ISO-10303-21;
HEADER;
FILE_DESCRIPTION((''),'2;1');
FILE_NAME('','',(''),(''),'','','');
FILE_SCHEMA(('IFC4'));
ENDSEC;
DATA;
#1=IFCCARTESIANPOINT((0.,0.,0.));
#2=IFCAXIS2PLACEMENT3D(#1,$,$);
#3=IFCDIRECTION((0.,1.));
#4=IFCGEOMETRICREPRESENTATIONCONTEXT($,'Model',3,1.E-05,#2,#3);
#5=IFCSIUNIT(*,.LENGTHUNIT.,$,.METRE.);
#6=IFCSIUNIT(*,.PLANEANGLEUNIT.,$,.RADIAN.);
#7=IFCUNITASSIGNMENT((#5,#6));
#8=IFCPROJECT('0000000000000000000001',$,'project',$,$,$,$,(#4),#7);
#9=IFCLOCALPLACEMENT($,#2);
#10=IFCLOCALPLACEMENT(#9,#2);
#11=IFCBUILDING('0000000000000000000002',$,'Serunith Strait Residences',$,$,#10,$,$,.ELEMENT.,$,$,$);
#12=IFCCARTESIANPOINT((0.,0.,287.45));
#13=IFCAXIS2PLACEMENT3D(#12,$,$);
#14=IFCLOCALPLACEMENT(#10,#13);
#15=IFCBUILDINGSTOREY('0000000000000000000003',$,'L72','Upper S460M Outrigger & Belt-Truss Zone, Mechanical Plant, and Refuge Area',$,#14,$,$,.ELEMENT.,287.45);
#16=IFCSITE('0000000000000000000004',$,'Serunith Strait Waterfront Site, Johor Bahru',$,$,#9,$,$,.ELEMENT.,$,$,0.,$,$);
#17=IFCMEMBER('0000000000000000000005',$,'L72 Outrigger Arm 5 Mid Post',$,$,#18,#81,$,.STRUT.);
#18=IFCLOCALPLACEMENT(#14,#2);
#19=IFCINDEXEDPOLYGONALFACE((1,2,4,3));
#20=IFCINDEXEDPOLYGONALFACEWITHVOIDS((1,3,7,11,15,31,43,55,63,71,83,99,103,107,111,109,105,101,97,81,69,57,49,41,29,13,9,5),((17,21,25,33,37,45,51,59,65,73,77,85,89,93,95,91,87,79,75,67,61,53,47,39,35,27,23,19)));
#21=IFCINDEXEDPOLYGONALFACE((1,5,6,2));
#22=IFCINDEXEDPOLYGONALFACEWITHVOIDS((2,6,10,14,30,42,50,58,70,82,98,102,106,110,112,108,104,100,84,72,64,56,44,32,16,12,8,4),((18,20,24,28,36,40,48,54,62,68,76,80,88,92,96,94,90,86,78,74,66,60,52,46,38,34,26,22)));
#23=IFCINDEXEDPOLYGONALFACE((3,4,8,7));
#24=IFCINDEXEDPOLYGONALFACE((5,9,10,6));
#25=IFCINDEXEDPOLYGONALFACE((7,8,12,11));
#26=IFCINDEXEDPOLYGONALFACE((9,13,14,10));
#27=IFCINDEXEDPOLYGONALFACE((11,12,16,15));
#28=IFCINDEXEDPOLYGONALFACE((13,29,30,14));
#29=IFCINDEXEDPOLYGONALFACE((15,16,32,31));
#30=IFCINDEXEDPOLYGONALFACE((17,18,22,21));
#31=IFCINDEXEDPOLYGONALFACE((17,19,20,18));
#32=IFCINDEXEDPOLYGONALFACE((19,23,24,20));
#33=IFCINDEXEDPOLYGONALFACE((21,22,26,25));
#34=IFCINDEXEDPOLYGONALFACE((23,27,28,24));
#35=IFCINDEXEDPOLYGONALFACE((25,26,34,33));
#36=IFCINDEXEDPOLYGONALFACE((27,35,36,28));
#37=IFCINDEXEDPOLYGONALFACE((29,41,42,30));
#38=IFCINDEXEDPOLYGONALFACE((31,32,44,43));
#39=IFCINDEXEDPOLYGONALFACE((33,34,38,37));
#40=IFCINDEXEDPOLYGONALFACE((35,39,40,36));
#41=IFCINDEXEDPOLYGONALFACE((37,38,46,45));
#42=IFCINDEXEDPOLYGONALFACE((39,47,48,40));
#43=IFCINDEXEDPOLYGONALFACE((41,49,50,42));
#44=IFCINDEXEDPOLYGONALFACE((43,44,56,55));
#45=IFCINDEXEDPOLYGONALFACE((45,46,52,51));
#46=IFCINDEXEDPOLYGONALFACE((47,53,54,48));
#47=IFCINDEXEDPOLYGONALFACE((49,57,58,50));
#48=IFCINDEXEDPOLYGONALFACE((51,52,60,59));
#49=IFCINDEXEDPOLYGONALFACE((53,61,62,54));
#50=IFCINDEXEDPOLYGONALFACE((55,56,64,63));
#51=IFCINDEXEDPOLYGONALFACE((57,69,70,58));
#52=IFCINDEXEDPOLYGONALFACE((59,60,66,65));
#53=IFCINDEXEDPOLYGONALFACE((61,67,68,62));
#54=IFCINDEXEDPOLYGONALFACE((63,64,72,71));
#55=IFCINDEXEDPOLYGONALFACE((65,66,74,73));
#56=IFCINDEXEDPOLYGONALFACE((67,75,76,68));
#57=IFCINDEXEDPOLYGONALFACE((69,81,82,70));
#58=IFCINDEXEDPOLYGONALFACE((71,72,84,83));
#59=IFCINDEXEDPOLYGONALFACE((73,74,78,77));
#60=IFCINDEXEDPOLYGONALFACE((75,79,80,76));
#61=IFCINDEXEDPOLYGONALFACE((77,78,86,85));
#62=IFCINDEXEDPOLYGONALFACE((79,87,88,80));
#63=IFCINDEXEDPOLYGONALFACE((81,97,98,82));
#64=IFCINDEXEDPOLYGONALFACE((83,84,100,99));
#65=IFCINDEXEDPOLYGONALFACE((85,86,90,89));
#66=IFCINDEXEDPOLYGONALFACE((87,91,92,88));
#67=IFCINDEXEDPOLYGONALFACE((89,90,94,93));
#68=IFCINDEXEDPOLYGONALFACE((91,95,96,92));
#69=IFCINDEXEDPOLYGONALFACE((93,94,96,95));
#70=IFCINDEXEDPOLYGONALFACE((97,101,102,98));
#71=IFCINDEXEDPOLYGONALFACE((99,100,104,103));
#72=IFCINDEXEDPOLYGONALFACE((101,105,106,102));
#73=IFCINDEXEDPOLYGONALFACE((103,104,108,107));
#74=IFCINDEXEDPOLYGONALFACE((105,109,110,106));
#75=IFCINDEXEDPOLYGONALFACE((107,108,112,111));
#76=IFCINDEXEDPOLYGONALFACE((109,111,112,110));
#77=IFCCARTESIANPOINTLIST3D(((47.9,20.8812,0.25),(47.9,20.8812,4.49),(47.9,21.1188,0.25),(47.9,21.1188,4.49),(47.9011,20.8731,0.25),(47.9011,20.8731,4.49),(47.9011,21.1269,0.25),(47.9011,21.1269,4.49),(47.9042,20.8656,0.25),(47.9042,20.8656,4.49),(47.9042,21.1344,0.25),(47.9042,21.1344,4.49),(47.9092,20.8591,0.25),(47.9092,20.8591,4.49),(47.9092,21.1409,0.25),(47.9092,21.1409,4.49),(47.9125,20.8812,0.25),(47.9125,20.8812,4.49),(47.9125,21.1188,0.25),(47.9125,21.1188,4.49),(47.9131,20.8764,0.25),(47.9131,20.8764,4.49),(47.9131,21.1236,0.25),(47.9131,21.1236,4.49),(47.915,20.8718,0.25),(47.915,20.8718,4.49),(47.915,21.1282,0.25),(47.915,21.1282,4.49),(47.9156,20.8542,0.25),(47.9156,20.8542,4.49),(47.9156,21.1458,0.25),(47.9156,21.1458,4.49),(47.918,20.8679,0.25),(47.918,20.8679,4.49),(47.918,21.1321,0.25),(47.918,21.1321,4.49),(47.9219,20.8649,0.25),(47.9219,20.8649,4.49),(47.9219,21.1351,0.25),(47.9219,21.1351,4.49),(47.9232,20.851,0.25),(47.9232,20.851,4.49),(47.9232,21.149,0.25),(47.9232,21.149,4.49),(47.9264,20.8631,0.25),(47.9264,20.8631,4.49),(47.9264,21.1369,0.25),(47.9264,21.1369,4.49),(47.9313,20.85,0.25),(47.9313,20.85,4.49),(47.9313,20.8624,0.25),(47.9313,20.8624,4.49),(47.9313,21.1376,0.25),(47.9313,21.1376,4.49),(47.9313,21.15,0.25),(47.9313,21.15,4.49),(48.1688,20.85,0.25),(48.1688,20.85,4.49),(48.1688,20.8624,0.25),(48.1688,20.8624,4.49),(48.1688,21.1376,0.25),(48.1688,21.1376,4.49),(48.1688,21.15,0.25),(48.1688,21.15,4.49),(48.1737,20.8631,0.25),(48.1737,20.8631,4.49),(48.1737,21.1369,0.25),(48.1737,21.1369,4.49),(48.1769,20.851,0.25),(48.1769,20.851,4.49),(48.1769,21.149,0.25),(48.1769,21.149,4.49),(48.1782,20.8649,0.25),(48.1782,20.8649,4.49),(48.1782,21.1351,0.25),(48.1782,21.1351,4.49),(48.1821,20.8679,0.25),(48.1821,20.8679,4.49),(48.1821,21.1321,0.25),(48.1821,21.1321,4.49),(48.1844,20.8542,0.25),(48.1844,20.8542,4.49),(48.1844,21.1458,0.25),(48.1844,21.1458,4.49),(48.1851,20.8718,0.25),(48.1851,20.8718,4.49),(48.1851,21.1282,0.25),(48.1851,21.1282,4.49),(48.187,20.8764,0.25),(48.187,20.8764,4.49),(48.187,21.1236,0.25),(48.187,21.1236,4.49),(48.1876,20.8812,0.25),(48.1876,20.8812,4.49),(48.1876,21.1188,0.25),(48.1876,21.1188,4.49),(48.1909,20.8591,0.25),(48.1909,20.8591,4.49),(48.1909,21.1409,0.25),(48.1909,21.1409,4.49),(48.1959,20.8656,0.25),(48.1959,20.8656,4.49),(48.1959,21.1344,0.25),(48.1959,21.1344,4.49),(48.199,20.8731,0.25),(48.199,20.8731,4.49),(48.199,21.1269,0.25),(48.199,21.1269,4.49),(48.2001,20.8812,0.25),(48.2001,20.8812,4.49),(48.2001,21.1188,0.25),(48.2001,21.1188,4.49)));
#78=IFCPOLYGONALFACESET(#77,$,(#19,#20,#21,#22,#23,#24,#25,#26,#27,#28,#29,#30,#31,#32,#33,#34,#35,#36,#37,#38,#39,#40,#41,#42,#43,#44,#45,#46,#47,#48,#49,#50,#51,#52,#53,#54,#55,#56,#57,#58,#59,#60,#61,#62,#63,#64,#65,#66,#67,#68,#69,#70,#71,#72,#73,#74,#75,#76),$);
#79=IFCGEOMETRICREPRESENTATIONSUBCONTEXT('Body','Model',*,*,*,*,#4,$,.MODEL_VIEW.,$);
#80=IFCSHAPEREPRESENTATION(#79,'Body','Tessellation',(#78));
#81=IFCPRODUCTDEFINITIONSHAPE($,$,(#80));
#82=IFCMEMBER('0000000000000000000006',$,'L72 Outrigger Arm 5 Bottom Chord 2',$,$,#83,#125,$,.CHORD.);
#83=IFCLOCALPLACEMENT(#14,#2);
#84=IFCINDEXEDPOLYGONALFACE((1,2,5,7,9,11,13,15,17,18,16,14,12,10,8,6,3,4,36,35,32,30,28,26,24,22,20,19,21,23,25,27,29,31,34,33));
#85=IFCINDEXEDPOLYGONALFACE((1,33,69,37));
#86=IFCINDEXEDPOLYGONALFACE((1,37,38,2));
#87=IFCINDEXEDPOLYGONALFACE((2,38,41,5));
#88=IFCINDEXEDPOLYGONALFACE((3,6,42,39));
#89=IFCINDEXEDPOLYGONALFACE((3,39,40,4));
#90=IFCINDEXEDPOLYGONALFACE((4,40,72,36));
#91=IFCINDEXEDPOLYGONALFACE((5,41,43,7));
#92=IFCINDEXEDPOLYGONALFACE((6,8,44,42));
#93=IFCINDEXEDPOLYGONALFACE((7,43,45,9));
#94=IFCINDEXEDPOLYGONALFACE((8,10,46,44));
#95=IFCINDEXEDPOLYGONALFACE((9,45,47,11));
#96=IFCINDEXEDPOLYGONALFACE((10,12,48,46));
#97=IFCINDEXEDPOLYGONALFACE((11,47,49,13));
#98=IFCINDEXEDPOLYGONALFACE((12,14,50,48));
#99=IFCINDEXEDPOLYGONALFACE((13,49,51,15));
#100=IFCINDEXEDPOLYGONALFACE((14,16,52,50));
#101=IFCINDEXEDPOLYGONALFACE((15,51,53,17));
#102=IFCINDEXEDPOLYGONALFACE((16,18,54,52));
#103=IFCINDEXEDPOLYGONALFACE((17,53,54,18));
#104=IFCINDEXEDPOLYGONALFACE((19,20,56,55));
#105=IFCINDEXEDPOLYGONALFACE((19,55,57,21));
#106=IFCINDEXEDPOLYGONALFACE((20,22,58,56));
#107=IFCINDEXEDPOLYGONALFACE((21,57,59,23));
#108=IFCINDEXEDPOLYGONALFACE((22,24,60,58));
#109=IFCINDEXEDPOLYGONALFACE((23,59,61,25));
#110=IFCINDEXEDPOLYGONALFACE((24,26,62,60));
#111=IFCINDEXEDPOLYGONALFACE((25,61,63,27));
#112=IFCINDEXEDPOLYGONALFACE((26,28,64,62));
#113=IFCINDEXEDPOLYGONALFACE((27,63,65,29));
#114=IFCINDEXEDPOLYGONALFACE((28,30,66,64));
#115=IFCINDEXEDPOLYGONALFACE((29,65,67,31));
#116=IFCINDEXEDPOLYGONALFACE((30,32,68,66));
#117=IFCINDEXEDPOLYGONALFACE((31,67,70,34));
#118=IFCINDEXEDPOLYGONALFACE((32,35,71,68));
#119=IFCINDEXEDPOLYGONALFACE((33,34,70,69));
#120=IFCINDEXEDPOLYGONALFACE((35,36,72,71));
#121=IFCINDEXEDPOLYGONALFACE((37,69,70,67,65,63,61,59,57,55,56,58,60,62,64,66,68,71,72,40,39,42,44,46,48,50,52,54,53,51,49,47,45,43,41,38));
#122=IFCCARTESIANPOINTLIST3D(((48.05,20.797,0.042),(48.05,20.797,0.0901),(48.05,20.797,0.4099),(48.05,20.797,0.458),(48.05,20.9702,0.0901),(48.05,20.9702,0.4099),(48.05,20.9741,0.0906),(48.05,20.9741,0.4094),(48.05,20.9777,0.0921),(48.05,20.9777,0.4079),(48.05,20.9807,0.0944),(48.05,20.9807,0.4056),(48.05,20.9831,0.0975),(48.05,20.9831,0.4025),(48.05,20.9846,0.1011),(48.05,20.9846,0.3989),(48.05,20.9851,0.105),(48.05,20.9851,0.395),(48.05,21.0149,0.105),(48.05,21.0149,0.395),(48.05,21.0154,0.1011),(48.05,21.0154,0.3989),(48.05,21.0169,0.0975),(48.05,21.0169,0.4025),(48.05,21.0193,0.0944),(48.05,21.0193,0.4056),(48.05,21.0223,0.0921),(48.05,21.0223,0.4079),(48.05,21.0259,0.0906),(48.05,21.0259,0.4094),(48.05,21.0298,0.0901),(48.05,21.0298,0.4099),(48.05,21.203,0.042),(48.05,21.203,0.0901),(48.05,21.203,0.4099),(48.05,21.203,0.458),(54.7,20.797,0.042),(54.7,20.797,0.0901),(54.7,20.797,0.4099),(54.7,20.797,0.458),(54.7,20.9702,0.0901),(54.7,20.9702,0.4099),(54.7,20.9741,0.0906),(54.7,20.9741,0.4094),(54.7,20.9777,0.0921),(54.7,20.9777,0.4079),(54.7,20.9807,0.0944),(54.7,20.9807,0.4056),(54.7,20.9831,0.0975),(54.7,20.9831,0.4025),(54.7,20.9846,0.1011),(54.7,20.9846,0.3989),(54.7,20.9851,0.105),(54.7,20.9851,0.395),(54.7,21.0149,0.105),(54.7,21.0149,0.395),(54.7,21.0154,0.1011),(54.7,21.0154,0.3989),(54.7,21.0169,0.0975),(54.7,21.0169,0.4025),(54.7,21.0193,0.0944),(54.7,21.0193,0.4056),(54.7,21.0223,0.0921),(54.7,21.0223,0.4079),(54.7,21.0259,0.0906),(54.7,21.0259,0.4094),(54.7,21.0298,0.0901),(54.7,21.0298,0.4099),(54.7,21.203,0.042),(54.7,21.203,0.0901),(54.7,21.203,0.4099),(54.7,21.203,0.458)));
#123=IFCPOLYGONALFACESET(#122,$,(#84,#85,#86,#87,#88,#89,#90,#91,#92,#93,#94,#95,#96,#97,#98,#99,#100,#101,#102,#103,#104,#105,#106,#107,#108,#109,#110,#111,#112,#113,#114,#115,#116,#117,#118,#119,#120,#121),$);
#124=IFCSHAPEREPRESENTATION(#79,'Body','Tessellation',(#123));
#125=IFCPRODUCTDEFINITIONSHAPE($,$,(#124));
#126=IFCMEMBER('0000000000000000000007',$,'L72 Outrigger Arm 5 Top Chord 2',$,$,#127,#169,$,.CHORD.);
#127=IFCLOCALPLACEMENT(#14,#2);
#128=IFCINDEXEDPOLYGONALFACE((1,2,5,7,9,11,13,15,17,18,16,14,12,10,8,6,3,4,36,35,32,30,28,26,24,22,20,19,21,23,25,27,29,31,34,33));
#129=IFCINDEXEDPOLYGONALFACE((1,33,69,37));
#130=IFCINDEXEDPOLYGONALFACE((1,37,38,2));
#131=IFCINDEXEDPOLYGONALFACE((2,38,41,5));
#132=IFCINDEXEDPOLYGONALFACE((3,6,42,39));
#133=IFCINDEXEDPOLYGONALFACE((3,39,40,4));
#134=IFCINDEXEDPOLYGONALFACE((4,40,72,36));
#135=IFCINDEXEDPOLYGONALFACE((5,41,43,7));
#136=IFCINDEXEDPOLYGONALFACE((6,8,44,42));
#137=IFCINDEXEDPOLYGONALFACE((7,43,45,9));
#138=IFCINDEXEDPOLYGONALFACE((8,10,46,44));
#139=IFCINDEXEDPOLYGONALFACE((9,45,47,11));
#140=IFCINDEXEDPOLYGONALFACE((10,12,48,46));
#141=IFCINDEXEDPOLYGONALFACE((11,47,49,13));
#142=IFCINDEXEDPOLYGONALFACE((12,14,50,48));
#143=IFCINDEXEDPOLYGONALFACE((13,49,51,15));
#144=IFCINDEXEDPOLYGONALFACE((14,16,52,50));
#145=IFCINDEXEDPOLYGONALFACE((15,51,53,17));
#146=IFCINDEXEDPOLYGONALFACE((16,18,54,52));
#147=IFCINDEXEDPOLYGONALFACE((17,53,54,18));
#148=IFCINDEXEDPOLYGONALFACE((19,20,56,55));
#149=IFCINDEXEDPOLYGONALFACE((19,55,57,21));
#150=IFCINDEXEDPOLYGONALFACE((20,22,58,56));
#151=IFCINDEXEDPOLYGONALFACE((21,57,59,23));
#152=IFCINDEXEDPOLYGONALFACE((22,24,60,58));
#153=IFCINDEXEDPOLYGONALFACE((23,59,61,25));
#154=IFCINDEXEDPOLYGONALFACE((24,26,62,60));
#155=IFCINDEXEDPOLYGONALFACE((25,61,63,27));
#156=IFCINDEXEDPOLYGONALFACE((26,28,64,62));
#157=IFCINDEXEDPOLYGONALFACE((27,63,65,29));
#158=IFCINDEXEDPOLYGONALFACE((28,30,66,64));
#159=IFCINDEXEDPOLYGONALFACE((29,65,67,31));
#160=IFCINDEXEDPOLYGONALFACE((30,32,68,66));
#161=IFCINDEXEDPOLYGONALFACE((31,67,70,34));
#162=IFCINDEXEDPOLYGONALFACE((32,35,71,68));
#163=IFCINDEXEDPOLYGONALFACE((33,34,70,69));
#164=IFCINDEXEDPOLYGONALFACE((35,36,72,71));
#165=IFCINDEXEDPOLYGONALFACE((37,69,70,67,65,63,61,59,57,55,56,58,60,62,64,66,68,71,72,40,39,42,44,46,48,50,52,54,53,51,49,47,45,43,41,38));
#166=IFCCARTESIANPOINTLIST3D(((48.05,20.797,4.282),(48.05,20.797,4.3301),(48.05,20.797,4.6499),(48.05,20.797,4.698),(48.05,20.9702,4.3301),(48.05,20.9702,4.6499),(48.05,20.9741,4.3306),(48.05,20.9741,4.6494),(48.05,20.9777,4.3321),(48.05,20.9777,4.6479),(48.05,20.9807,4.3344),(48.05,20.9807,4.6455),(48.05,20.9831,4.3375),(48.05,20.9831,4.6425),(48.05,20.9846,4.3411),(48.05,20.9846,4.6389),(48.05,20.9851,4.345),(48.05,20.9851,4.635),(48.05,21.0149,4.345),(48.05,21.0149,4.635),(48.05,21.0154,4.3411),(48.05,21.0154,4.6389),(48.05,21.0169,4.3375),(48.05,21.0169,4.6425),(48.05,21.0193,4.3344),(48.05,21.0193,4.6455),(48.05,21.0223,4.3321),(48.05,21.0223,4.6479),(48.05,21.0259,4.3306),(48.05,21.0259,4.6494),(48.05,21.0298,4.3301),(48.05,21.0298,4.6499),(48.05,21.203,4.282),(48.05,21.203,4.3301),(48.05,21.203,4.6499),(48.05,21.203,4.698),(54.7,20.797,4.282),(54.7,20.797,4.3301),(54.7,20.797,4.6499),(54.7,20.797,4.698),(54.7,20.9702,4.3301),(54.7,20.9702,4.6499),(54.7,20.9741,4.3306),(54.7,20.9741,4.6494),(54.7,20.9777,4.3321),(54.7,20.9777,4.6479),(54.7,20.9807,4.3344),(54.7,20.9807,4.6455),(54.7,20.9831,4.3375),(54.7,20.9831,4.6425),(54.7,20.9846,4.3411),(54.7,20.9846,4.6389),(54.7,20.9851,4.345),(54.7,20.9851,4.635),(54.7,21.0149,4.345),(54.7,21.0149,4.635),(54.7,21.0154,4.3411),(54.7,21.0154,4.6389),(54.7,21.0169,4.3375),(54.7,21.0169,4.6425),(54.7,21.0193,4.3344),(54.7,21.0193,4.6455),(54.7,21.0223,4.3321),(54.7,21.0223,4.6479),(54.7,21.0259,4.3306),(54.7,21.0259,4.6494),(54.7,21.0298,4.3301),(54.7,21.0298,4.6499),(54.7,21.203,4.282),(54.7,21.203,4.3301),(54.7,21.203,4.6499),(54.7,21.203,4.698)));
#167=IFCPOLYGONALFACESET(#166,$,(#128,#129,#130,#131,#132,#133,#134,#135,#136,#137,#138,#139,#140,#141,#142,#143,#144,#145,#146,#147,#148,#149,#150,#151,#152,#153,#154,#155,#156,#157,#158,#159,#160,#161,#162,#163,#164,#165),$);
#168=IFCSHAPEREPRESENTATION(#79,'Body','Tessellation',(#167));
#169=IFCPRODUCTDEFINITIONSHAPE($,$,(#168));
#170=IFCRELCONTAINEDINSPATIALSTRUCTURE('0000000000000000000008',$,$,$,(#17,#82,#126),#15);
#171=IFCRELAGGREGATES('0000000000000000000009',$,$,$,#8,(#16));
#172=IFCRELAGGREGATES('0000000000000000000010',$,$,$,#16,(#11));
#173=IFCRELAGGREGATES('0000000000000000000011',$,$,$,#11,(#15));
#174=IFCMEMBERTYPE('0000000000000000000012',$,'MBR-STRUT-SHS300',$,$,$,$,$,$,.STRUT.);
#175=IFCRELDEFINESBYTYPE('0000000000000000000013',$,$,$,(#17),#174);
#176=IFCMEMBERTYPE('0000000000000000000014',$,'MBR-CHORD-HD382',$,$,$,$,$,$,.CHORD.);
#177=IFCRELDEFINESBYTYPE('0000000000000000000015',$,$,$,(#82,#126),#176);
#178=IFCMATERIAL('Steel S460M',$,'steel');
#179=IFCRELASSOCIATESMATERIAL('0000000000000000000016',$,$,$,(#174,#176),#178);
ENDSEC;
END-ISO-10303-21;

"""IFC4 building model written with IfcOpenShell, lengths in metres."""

from ifc_helpers import new_model, si_unit, direction, frame, origin, origin_2d, place, context, subcontext, project, spatial, hollow_rectangle, i_section, extrude, source, transform, mapped, material, material_profile, profile_set, type_object, element, save


model = new_model("IFC4")

# Units and contexts
model_context = context("Model", 3, precision=1e-05, world=origin(), true_north=direction((0.0, 1.0)))
body_context = subcontext(model_context, "Body", "Model", "MODEL_VIEW")
ifc_project = project(units=[si_unit("LENGTHUNIT", "METRE"), si_unit("PLANEANGLEUNIT", "RADIAN")], contexts=[model_context])

# Site, building, storey
site_placement = place(None, origin())
site = spatial("IfcSite", under=ifc_project, at=site_placement, Name="Serunith Strait Waterfront Site, Johor Bahru", CompositionType="ELEMENT", RefElevation=0.0)
building_placement = place(site_placement, origin())
building = spatial("IfcBuilding", under=site, at=building_placement, Name="Serunith Strait Residences", CompositionType="ELEMENT")
storey_placement = place(building_placement, frame((0.0, 0.0, 287.45)))
storey = spatial("IfcBuildingStorey", under=building, at=storey_placement, Name="L72", Description="Upper S460M Outrigger & Belt-Truss Zone, Mechanical Plant, and Refuge Area", CompositionType="ELEMENT", Elevation=287.45)

# Members
ifc_material_1 = material(Name="Steel S460M", Category="steel")
ifc_material_profile_1 = material_profile(ifc_material_1, hollow_rectangle(XDim=0.3, YDim=0.3, WallThickness=0.0125, InnerFilletRadius=0.0188, OuterFilletRadius=0.0312, at=origin_2d()), Name="SHS 300x300x12.5")
ifc_profile_set_1 = profile_set([ifc_material_profile_1], Name="Steel S460M")
member_type_1 = type_object("IfcMemberType", Name="MBR-STRUT-SHS300", PredefinedType="STRUT", material=ifc_profile_set_1)
shared_shape_1 = source(origin(), body_context, "Body", "SweptSolid", [
    extrude(hollow_rectangle(XDim=0.3, YDim=0.3, WallThickness=0.0125, InnerFilletRadius=0.0188, OuterFilletRadius=0.0312, at=origin_2d()), origin(), (0.0, 0.0, 1.0), 4.24),
])
member_1_placement = place(storey_placement, frame((48.05, 21.0, 0.25), z_axis=(0.0, 0.0, 1.0), x_axis=(1.0, 0.0, 0.0)))
element("IfcMember", 1, at=member_1_placement, inside=storey, type_object=member_type_1, Name="L72 Outrigger Arm 5 Mid Post", PredefinedType="STRUT", context=body_context, shape_type="MappedRepresentation", body=[
    mapped(shared_shape_1, transform((0.0, 0.0, 0.0), scale=1.0)),
])
ifc_material_profile_2 = material_profile(ifc_material_1, i_section(OverallWidth=0.406, OverallDepth=0.416, WebThickness=0.0298, FlangeThickness=0.0481, FilletRadius=0.0149, at=origin_2d()), Name="HD 400x382")
ifc_profile_set_2 = profile_set([ifc_material_profile_2], Name="Steel S460M")
member_type_2 = type_object("IfcMemberType", Name="MBR-CHORD-HD382", PredefinedType="CHORD", material=ifc_profile_set_2)
shared_shape_2 = source(origin(), body_context, "Body", "SweptSolid", [
    extrude(i_section(OverallWidth=0.406, OverallDepth=0.416, WebThickness=0.0298, FlangeThickness=0.0481, FilletRadius=0.0149, at=origin_2d()), origin(), (0.0, 0.0, 1.0), 6.6499),
])
for number, where, z_axis, x_axis, name in (
    (2, (48.05, 21.0, 0.25), (1.0, 0.0, 0.0), (0.0, 1.0, 0.0), "L72 Outrigger Arm 5 Bottom Chord 2"),
    (3, (48.05, 21.0, 4.49), (1.0, 0.0, 0.0), (0.0, 1.0, 0.0), "L72 Outrigger Arm 5 Top Chord 2"),
):
    element("IfcMember", number, at=place(storey_placement, frame(where, z_axis=z_axis, x_axis=x_axis)), inside=storey, type_object=member_type_2, Name=name, PredefinedType="CHORD", context=body_context, shape_type="MappedRepresentation", body=[
        mapped(shared_shape_2, transform((0.0, 0.0, 0.0), scale=1.0)),
    ])

save(model, "model.ifc")
